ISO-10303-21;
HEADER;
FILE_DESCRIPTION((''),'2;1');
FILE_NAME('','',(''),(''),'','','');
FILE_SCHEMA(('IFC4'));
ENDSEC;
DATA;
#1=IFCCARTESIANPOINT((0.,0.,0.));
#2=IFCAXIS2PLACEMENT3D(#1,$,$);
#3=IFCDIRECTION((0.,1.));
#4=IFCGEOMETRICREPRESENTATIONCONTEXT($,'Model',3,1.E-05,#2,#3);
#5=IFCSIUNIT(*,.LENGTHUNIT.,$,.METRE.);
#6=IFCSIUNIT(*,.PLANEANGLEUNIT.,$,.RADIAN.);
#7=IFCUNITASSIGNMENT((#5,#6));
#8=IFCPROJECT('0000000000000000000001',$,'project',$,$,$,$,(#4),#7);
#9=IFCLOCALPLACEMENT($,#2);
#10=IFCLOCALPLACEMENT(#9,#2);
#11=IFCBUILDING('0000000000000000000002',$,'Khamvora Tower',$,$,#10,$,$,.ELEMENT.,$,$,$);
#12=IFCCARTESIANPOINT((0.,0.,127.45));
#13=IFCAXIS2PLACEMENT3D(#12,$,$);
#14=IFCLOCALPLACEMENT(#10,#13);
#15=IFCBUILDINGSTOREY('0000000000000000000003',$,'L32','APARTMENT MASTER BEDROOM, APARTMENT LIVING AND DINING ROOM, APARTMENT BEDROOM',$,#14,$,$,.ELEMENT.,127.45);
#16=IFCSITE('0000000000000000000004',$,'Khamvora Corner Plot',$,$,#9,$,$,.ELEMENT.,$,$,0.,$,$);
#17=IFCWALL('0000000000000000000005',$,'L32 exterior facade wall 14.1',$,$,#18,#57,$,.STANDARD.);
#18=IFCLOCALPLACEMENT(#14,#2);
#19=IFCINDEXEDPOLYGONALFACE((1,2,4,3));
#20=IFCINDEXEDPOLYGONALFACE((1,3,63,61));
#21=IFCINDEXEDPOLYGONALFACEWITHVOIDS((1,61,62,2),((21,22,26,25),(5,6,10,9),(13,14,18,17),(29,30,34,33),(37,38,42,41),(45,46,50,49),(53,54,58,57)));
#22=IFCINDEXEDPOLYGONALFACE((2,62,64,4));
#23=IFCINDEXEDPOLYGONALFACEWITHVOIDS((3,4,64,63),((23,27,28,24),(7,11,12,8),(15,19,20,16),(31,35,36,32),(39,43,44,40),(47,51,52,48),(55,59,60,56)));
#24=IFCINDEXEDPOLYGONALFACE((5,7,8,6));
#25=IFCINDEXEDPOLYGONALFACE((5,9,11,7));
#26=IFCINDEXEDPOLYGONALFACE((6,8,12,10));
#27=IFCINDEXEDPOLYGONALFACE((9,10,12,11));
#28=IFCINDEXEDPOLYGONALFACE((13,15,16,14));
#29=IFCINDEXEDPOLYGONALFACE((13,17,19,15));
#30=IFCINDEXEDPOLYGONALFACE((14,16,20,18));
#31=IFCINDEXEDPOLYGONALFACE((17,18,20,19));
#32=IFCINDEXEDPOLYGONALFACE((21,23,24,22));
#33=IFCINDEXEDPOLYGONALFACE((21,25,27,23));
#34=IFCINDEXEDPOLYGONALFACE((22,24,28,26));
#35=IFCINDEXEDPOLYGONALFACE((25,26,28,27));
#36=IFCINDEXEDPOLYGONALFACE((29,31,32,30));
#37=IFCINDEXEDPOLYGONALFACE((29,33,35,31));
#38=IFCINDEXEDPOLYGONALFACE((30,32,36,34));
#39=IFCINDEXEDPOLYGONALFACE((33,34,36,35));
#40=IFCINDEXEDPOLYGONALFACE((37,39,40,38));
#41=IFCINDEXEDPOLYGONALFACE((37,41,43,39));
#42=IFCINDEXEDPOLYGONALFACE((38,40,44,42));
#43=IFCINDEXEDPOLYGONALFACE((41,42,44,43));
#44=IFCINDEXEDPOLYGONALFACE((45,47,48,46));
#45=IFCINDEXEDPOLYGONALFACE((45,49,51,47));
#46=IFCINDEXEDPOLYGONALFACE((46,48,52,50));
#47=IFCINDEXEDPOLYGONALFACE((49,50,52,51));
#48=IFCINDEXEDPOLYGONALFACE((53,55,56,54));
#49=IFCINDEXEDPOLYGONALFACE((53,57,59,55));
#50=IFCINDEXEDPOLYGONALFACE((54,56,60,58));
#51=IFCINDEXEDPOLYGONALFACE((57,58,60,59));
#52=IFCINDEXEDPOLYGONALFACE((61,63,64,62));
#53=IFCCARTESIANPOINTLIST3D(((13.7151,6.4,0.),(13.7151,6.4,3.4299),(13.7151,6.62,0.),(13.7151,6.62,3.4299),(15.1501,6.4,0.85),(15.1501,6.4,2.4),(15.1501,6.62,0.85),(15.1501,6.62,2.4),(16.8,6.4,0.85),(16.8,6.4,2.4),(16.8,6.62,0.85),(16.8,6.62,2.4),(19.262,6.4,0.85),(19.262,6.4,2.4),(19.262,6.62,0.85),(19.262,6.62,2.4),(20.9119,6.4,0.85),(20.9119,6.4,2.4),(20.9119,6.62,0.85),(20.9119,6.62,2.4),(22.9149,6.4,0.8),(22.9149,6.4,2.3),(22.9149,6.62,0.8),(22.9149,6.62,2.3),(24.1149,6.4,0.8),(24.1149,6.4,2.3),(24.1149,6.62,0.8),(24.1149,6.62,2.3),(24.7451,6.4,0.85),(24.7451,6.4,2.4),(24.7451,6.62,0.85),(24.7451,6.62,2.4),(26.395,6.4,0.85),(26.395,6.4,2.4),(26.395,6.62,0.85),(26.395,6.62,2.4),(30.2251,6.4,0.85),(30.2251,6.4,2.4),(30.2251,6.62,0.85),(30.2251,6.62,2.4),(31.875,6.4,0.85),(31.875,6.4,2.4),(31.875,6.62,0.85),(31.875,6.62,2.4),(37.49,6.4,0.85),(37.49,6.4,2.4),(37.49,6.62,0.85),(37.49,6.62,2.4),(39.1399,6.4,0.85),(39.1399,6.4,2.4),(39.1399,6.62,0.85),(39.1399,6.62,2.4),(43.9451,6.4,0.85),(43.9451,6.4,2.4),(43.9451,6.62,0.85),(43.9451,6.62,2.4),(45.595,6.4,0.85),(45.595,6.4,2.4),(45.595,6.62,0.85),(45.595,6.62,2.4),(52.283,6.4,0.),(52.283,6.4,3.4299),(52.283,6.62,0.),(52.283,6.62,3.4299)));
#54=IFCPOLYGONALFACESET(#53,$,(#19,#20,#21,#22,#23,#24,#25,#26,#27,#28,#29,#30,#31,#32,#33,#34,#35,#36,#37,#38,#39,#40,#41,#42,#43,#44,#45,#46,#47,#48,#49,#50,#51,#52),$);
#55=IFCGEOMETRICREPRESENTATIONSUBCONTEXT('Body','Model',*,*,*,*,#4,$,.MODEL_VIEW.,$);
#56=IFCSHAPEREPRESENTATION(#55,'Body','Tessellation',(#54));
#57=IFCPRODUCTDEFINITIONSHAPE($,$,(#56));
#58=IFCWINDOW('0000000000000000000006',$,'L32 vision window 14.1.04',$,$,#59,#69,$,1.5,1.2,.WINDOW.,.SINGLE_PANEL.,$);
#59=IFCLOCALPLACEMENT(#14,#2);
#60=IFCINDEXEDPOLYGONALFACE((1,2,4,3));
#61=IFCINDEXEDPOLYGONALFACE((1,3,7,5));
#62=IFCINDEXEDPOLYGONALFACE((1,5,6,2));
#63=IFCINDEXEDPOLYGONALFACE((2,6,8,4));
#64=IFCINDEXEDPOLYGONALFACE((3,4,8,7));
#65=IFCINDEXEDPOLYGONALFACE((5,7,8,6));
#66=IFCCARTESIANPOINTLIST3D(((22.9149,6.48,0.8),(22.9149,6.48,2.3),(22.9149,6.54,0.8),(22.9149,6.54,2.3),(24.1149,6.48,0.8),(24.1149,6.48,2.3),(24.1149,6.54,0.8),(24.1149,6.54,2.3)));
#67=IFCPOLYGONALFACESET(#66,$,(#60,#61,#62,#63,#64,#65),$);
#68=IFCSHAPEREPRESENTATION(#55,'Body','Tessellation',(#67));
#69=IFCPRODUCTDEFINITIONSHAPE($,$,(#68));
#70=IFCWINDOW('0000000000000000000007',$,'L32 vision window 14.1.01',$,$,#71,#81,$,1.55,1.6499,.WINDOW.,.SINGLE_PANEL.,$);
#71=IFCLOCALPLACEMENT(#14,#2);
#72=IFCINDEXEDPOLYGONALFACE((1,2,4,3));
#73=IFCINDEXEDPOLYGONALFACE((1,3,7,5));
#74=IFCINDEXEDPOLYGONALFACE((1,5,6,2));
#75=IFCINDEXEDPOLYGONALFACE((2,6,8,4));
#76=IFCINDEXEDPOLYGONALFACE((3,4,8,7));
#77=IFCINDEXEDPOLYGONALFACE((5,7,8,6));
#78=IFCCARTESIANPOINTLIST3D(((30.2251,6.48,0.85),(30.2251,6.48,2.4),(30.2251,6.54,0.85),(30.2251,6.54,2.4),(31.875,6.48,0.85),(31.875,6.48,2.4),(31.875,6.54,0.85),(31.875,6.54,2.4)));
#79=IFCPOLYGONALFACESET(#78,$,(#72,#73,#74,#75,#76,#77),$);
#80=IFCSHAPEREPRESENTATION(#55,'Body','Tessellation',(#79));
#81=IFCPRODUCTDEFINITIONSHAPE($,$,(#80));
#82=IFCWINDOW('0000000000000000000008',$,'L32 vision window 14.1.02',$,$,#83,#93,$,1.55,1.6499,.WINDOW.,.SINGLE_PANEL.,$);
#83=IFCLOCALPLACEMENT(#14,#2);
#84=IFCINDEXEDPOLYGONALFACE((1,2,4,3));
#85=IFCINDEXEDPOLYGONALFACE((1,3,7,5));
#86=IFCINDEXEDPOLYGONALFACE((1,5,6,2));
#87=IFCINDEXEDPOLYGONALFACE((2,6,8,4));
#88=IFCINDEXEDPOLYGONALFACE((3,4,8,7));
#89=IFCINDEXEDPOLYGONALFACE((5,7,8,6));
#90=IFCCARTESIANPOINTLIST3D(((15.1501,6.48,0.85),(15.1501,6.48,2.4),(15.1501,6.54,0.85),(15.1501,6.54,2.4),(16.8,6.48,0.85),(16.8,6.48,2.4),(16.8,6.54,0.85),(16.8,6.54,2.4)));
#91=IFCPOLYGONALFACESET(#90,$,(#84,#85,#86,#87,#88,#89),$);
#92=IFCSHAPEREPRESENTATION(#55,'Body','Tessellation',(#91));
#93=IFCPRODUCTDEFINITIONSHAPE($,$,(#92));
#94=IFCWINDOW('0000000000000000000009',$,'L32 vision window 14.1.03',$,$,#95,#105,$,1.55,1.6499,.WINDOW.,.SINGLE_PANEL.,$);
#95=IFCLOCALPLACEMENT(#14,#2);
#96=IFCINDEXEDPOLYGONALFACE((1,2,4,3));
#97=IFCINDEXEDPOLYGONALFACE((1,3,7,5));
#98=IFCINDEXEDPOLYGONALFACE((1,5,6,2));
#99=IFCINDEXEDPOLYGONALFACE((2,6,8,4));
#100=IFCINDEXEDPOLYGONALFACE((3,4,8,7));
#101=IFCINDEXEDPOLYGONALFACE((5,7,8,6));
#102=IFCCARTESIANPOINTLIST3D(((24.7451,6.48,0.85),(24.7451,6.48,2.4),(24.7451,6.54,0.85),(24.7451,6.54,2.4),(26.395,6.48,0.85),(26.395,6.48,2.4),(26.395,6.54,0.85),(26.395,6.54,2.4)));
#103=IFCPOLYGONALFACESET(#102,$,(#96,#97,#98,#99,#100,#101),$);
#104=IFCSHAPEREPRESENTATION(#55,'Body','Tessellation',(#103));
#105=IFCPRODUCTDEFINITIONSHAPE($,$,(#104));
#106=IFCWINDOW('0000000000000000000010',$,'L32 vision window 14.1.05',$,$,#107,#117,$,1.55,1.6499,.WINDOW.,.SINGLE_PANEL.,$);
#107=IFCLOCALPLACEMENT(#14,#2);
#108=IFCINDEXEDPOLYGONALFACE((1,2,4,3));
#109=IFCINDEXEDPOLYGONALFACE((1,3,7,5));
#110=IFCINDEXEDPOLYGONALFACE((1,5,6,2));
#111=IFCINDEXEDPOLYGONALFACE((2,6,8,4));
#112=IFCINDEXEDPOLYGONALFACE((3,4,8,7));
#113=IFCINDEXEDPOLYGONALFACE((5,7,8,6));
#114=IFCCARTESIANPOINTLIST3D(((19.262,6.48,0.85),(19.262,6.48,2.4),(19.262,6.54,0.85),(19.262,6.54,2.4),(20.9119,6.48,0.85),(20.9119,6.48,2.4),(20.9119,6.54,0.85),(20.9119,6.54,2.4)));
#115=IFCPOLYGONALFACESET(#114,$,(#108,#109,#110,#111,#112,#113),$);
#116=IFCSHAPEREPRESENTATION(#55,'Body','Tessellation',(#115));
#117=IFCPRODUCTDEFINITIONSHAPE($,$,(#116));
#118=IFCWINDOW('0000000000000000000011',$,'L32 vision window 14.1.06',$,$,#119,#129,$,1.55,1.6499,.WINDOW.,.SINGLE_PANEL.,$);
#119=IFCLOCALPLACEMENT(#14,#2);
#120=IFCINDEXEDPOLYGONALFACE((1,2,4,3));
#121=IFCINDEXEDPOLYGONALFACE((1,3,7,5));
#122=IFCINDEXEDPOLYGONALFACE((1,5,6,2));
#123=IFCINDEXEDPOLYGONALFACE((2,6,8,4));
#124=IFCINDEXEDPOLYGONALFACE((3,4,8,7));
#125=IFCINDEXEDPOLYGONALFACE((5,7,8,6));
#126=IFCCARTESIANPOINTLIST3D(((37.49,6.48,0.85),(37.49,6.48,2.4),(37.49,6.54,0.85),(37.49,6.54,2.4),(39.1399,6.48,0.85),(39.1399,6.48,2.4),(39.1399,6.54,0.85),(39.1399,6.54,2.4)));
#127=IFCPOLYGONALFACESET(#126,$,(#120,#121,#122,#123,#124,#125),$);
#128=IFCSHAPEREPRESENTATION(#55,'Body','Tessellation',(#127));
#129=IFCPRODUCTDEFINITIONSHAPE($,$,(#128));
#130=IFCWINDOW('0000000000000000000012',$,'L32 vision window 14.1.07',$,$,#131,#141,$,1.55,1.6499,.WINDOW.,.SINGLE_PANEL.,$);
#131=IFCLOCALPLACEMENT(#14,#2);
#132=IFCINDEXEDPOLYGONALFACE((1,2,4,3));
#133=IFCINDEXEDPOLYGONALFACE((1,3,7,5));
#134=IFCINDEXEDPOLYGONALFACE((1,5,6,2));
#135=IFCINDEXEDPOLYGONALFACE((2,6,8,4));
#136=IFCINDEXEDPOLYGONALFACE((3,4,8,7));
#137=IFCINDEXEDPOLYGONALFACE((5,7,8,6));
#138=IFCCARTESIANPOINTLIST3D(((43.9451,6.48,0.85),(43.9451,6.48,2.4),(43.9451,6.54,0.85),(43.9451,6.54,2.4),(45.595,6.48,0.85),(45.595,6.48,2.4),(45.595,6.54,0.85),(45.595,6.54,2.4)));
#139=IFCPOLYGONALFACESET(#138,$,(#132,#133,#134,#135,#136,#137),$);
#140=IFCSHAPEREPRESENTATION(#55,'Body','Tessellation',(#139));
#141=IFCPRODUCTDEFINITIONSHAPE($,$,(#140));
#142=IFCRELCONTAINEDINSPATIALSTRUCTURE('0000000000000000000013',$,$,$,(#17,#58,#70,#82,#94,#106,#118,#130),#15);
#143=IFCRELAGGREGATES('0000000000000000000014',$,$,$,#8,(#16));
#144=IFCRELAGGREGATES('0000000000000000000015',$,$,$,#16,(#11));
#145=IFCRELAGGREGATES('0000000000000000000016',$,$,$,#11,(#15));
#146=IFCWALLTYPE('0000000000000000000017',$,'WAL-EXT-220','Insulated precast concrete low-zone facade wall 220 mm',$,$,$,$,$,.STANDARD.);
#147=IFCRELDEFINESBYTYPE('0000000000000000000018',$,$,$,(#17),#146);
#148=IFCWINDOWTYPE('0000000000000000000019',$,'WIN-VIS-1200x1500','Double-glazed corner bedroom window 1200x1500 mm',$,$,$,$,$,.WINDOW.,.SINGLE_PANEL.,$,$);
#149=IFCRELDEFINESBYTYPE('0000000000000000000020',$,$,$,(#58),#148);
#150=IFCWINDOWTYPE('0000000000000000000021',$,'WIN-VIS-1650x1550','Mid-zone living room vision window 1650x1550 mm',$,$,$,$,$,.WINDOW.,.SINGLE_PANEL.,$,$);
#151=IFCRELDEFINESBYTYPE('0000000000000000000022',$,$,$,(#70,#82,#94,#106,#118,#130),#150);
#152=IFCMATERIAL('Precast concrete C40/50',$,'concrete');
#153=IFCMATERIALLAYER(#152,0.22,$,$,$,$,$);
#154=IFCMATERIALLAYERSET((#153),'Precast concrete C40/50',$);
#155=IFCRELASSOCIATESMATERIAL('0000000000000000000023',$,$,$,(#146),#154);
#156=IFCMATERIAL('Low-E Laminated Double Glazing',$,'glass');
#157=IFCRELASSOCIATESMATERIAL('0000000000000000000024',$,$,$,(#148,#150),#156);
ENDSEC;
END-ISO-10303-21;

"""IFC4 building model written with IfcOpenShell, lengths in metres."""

from ifc_helpers import new_model, si_unit, direction, frame, frame_2d, origin, place, context, subcontext, project, spatial, rectangle, extrude, material, layer, layer_set, type_object, element, fill, save


model = new_model("IFC4")

# Units and contexts
model_context = context("Model", 3, precision=1e-05, world=origin(), true_north=direction((0.0, 1.0)))
body_context = subcontext(model_context, "Body", "Model", "MODEL_VIEW")
ifc_project = project(units=[si_unit("LENGTHUNIT", "METRE"), si_unit("PLANEANGLEUNIT", "RADIAN")], contexts=[model_context])

# Site, building, storey
site_placement = place(None, origin())
site = spatial("IfcSite", under=ifc_project, at=site_placement, Name="Khamvora Corner Plot", CompositionType="ELEMENT", RefElevation=0.0)
building_placement = place(site_placement, origin())
building = spatial("IfcBuilding", under=site, at=building_placement, Name="Khamvora Tower", CompositionType="ELEMENT")
storey_placement = place(building_placement, frame((0.0, 0.0, 127.45)))
storey = spatial("IfcBuildingStorey", under=building, at=storey_placement, Name="L32", Description="APARTMENT MASTER BEDROOM, APARTMENT LIVING AND DINING ROOM, APARTMENT BEDROOM", CompositionType="ELEMENT", Elevation=127.45)

# Shared definitions
ifc_material_1 = material(Name="Precast concrete C40/50", Category="concrete")
ifc_layer_1 = layer(ifc_material_1, 0.22)
ifc_layer_set_1 = layer_set([ifc_layer_1], Name="Precast concrete C40/50")
wall_type_1 = type_object("IfcWallType", Name="WAL-EXT-220", Description="Insulated precast concrete low-zone facade wall 220 mm", PredefinedType="STANDARD", material=ifc_layer_set_1)

# Wall, openings, windows
wall_1_placement = place(storey_placement, frame((52.283, 6.51, 0.0), z_axis=(0.0, 0.0, 1.0), x_axis=(-1.0, 0.0, 0.0)))
wall_1 = element("IfcWall", 1, at=wall_1_placement, inside=storey, type_object=wall_type_1, Name="L32 exterior facade wall 14.1", PredefinedType="STANDARD", context=body_context, shape_type="SweptSolid", body=[
    extrude(rectangle(XDim=38.5679, YDim=0.22, at=frame_2d((19.2839, 0.0))), origin(), (0.0, 0.0, 1.0), 3.4299),
])
opening_1_placement = place(wall_1_placement, frame((20.408, 0.0, 0.8501)))
opening_1 = element("IfcOpeningElement", 2, at=opening_1_placement, cuts=wall_1, PredefinedType="OPENING", context=body_context, shape_type="SweptSolid", body=[
    extrude(rectangle(XDim=1.6499, YDim=1.55, at=frame_2d((0.825, 0.7749))), frame((0.0, 0.1199, 0.0), z_axis=(0.0, -1.0, 0.0), x_axis=(1.0, 0.0, 0.0)), (0.0, 0.0, 1.0), 0.24),
])
opening_2_placement = place(wall_1_placement, frame((35.4829, 0.0, 0.8501)))
opening_2 = element("IfcOpeningElement", 3, at=opening_2_placement, cuts=wall_1, PredefinedType="OPENING", context=body_context, shape_type="SweptSolid", body=[
    extrude(rectangle(XDim=1.6499, YDim=1.55, at=frame_2d((0.825, 0.7749))), frame((0.0, 0.1199, 0.0), z_axis=(0.0, -1.0, 0.0), x_axis=(1.0, 0.0, 0.0)), (0.0, 0.0, 1.0), 0.24),
])
opening_3_placement = place(wall_1_placement, frame((25.8879, 0.0, 0.8501)))
opening_3 = element("IfcOpeningElement", 4, at=opening_3_placement, cuts=wall_1, PredefinedType="OPENING", context=body_context, shape_type="SweptSolid", body=[
    extrude(rectangle(XDim=1.6499, YDim=1.55, at=frame_2d((0.825, 0.7749))), frame((0.0, 0.1199, 0.0), z_axis=(0.0, -1.0, 0.0), x_axis=(1.0, 0.0, 0.0)), (0.0, 0.0, 1.0), 0.24),
])
opening_4_placement = place(wall_1_placement, frame((28.168, 0.0, 0.8)))
opening_4 = element("IfcOpeningElement", 5, at=opening_4_placement, cuts=wall_1, PredefinedType="OPENING", context=body_context, shape_type="SweptSolid", body=[
    extrude(rectangle(XDim=1.2, YDim=1.5, at=frame_2d((0.6001, 0.75))), frame((0.0, 0.1199, 0.0), z_axis=(0.0, -1.0, 0.0), x_axis=(1.0, 0.0, 0.0)), (0.0, 0.0, 1.0), 0.24),
])
opening_5_placement = place(wall_1_placement, frame((31.3711, 0.0, 0.8501)))
opening_5 = element("IfcOpeningElement", 6, at=opening_5_placement, cuts=wall_1, PredefinedType="OPENING", context=body_context, shape_type="SweptSolid", body=[
    extrude(rectangle(XDim=1.6499, YDim=1.55, at=frame_2d((0.825, 0.7749))), frame((0.0, 0.1199, 0.0), z_axis=(0.0, -1.0, 0.0), x_axis=(1.0, 0.0, 0.0)), (0.0, 0.0, 1.0), 0.24),
])
opening_6_placement = place(wall_1_placement, frame((13.1431, 0.0, 0.8501)))
opening_6 = element("IfcOpeningElement", 7, at=opening_6_placement, cuts=wall_1, PredefinedType="OPENING", context=body_context, shape_type="SweptSolid", body=[
    extrude(rectangle(XDim=1.6499, YDim=1.55, at=frame_2d((0.825, 0.7749))), frame((0.0, 0.1199, 0.0), z_axis=(0.0, -1.0, 0.0), x_axis=(1.0, 0.0, 0.0)), (0.0, 0.0, 1.0), 0.24),
])
opening_7_placement = place(wall_1_placement, frame((6.688, 0.0, 0.8501)))
opening_7 = element("IfcOpeningElement", 8, at=opening_7_placement, cuts=wall_1, PredefinedType="OPENING", context=body_context, shape_type="SweptSolid", body=[
    extrude(rectangle(XDim=1.6499, YDim=1.55, at=frame_2d((0.825, 0.7749))), frame((0.0, 0.1199, 0.0), z_axis=(0.0, -1.0, 0.0), x_axis=(1.0, 0.0, 0.0)), (0.0, 0.0, 1.0), 0.24),
])
ifc_material_2 = material(Name="Low-E Laminated Double Glazing", Category="glass")
window_type_1 = type_object("IfcWindowType", Name="WIN-VIS-1200x1500", Description="Double-glazed corner bedroom window 1200x1500 mm", PartitioningType="SINGLE_PANEL", PredefinedType="WINDOW", material=ifc_material_2)
window_1_placement = place(opening_4_placement, origin())
window_1 = element("IfcWindow", 9, at=window_1_placement, inside=storey, type_object=window_type_1, Name="L32 vision window 14.1.04", OverallHeight=1.5, OverallWidth=1.2, PartitioningType="SINGLE_PANEL", PredefinedType="WINDOW", context=body_context, shape_type="SweptSolid", body=[
    extrude(rectangle(XDim=1.2, YDim=1.5, at=frame_2d((0.6001, 0.75))), frame((0.0, 0.03, 0.0), z_axis=(0.0, -1.0, 0.0), x_axis=(1.0, 0.0, 0.0)), (0.0, 0.0, 1.0), 0.0601),
])
fill(opening_4, window_1)
window_type_2 = type_object("IfcWindowType", Name="WIN-VIS-1650x1550", Description="Mid-zone living room vision window 1650x1550 mm", PartitioningType="SINGLE_PANEL", PredefinedType="WINDOW", material=ifc_material_2)
window_2_placement = place(opening_1_placement, origin())
window_2 = element("IfcWindow", 10, at=window_2_placement, inside=storey, type_object=window_type_2, Name="L32 vision window 14.1.01", OverallHeight=1.55, OverallWidth=1.6499, PartitioningType="SINGLE_PANEL", PredefinedType="WINDOW", context=body_context, shape_type="SweptSolid", body=[
    extrude(rectangle(XDim=1.6499, YDim=1.55, at=frame_2d((0.825, 0.7749))), frame((0.0, 0.03, 0.0), z_axis=(0.0, -1.0, 0.0), x_axis=(1.0, 0.0, 0.0)), (0.0, 0.0, 1.0), 0.0601),
])
fill(opening_1, window_2)
window_3_placement = place(opening_2_placement, origin())
window_3 = element("IfcWindow", 11, at=window_3_placement, inside=storey, type_object=window_type_2, Name="L32 vision window 14.1.02", OverallHeight=1.55, OverallWidth=1.6499, PartitioningType="SINGLE_PANEL", PredefinedType="WINDOW", context=body_context, shape_type="SweptSolid", body=[
    extrude(rectangle(XDim=1.6499, YDim=1.55, at=frame_2d((0.825, 0.7749))), frame((0.0, 0.03, 0.0), z_axis=(0.0, -1.0, 0.0), x_axis=(1.0, 0.0, 0.0)), (0.0, 0.0, 1.0), 0.0601),
])
fill(opening_2, window_3)
window_4_placement = place(opening_3_placement, origin())
window_4 = element("IfcWindow", 12, at=window_4_placement, inside=storey, type_object=window_type_2, Name="L32 vision window 14.1.03", OverallHeight=1.55, OverallWidth=1.6499, PartitioningType="SINGLE_PANEL", PredefinedType="WINDOW", context=body_context, shape_type="SweptSolid", body=[
    extrude(rectangle(XDim=1.6499, YDim=1.55, at=frame_2d((0.825, 0.7749))), frame((0.0, 0.03, 0.0), z_axis=(0.0, -1.0, 0.0), x_axis=(1.0, 0.0, 0.0)), (0.0, 0.0, 1.0), 0.0601),
])
fill(opening_3, window_4)
window_5_placement = place(opening_5_placement, origin())
window_5 = element("IfcWindow", 13, at=window_5_placement, inside=storey, type_object=window_type_2, Name="L32 vision window 14.1.05", OverallHeight=1.55, OverallWidth=1.6499, PartitioningType="SINGLE_PANEL", PredefinedType="WINDOW", context=body_context, shape_type="SweptSolid", body=[
    extrude(rectangle(XDim=1.6499, YDim=1.55, at=frame_2d((0.825, 0.7749))), frame((0.0, 0.03, 0.0), z_axis=(0.0, -1.0, 0.0), x_axis=(1.0, 0.0, 0.0)), (0.0, 0.0, 1.0), 0.0601),
])
fill(opening_5, window_5)
window_6_placement = place(opening_6_placement, origin())
window_6 = element("IfcWindow", 14, at=window_6_placement, inside=storey, type_object=window_type_2, Name="L32 vision window 14.1.06", OverallHeight=1.55, OverallWidth=1.6499, PartitioningType="SINGLE_PANEL", PredefinedType="WINDOW", context=body_context, shape_type="SweptSolid", body=[
    extrude(rectangle(XDim=1.6499, YDim=1.55, at=frame_2d((0.825, 0.7749))), frame((0.0, 0.03, 0.0), z_axis=(0.0, -1.0, 0.0), x_axis=(1.0, 0.0, 0.0)), (0.0, 0.0, 1.0), 0.0601),
])
fill(opening_6, window_6)
window_7_placement = place(opening_7_placement, origin())
window_7 = element("IfcWindow", 15, at=window_7_placement, inside=storey, type_object=window_type_2, Name="L32 vision window 14.1.07", OverallHeight=1.55, OverallWidth=1.6499, PartitioningType="SINGLE_PANEL", PredefinedType="WINDOW", context=body_context, shape_type="SweptSolid", body=[
    extrude(rectangle(XDim=1.6499, YDim=1.55, at=frame_2d((0.825, 0.7749))), frame((0.0, 0.03, 0.0), z_axis=(0.0, -1.0, 0.0), x_axis=(1.0, 0.0, 0.0)), (0.0, 0.0, 1.0), 0.0601),
])
fill(opening_7, window_7)

save(model, "model.ifc")
